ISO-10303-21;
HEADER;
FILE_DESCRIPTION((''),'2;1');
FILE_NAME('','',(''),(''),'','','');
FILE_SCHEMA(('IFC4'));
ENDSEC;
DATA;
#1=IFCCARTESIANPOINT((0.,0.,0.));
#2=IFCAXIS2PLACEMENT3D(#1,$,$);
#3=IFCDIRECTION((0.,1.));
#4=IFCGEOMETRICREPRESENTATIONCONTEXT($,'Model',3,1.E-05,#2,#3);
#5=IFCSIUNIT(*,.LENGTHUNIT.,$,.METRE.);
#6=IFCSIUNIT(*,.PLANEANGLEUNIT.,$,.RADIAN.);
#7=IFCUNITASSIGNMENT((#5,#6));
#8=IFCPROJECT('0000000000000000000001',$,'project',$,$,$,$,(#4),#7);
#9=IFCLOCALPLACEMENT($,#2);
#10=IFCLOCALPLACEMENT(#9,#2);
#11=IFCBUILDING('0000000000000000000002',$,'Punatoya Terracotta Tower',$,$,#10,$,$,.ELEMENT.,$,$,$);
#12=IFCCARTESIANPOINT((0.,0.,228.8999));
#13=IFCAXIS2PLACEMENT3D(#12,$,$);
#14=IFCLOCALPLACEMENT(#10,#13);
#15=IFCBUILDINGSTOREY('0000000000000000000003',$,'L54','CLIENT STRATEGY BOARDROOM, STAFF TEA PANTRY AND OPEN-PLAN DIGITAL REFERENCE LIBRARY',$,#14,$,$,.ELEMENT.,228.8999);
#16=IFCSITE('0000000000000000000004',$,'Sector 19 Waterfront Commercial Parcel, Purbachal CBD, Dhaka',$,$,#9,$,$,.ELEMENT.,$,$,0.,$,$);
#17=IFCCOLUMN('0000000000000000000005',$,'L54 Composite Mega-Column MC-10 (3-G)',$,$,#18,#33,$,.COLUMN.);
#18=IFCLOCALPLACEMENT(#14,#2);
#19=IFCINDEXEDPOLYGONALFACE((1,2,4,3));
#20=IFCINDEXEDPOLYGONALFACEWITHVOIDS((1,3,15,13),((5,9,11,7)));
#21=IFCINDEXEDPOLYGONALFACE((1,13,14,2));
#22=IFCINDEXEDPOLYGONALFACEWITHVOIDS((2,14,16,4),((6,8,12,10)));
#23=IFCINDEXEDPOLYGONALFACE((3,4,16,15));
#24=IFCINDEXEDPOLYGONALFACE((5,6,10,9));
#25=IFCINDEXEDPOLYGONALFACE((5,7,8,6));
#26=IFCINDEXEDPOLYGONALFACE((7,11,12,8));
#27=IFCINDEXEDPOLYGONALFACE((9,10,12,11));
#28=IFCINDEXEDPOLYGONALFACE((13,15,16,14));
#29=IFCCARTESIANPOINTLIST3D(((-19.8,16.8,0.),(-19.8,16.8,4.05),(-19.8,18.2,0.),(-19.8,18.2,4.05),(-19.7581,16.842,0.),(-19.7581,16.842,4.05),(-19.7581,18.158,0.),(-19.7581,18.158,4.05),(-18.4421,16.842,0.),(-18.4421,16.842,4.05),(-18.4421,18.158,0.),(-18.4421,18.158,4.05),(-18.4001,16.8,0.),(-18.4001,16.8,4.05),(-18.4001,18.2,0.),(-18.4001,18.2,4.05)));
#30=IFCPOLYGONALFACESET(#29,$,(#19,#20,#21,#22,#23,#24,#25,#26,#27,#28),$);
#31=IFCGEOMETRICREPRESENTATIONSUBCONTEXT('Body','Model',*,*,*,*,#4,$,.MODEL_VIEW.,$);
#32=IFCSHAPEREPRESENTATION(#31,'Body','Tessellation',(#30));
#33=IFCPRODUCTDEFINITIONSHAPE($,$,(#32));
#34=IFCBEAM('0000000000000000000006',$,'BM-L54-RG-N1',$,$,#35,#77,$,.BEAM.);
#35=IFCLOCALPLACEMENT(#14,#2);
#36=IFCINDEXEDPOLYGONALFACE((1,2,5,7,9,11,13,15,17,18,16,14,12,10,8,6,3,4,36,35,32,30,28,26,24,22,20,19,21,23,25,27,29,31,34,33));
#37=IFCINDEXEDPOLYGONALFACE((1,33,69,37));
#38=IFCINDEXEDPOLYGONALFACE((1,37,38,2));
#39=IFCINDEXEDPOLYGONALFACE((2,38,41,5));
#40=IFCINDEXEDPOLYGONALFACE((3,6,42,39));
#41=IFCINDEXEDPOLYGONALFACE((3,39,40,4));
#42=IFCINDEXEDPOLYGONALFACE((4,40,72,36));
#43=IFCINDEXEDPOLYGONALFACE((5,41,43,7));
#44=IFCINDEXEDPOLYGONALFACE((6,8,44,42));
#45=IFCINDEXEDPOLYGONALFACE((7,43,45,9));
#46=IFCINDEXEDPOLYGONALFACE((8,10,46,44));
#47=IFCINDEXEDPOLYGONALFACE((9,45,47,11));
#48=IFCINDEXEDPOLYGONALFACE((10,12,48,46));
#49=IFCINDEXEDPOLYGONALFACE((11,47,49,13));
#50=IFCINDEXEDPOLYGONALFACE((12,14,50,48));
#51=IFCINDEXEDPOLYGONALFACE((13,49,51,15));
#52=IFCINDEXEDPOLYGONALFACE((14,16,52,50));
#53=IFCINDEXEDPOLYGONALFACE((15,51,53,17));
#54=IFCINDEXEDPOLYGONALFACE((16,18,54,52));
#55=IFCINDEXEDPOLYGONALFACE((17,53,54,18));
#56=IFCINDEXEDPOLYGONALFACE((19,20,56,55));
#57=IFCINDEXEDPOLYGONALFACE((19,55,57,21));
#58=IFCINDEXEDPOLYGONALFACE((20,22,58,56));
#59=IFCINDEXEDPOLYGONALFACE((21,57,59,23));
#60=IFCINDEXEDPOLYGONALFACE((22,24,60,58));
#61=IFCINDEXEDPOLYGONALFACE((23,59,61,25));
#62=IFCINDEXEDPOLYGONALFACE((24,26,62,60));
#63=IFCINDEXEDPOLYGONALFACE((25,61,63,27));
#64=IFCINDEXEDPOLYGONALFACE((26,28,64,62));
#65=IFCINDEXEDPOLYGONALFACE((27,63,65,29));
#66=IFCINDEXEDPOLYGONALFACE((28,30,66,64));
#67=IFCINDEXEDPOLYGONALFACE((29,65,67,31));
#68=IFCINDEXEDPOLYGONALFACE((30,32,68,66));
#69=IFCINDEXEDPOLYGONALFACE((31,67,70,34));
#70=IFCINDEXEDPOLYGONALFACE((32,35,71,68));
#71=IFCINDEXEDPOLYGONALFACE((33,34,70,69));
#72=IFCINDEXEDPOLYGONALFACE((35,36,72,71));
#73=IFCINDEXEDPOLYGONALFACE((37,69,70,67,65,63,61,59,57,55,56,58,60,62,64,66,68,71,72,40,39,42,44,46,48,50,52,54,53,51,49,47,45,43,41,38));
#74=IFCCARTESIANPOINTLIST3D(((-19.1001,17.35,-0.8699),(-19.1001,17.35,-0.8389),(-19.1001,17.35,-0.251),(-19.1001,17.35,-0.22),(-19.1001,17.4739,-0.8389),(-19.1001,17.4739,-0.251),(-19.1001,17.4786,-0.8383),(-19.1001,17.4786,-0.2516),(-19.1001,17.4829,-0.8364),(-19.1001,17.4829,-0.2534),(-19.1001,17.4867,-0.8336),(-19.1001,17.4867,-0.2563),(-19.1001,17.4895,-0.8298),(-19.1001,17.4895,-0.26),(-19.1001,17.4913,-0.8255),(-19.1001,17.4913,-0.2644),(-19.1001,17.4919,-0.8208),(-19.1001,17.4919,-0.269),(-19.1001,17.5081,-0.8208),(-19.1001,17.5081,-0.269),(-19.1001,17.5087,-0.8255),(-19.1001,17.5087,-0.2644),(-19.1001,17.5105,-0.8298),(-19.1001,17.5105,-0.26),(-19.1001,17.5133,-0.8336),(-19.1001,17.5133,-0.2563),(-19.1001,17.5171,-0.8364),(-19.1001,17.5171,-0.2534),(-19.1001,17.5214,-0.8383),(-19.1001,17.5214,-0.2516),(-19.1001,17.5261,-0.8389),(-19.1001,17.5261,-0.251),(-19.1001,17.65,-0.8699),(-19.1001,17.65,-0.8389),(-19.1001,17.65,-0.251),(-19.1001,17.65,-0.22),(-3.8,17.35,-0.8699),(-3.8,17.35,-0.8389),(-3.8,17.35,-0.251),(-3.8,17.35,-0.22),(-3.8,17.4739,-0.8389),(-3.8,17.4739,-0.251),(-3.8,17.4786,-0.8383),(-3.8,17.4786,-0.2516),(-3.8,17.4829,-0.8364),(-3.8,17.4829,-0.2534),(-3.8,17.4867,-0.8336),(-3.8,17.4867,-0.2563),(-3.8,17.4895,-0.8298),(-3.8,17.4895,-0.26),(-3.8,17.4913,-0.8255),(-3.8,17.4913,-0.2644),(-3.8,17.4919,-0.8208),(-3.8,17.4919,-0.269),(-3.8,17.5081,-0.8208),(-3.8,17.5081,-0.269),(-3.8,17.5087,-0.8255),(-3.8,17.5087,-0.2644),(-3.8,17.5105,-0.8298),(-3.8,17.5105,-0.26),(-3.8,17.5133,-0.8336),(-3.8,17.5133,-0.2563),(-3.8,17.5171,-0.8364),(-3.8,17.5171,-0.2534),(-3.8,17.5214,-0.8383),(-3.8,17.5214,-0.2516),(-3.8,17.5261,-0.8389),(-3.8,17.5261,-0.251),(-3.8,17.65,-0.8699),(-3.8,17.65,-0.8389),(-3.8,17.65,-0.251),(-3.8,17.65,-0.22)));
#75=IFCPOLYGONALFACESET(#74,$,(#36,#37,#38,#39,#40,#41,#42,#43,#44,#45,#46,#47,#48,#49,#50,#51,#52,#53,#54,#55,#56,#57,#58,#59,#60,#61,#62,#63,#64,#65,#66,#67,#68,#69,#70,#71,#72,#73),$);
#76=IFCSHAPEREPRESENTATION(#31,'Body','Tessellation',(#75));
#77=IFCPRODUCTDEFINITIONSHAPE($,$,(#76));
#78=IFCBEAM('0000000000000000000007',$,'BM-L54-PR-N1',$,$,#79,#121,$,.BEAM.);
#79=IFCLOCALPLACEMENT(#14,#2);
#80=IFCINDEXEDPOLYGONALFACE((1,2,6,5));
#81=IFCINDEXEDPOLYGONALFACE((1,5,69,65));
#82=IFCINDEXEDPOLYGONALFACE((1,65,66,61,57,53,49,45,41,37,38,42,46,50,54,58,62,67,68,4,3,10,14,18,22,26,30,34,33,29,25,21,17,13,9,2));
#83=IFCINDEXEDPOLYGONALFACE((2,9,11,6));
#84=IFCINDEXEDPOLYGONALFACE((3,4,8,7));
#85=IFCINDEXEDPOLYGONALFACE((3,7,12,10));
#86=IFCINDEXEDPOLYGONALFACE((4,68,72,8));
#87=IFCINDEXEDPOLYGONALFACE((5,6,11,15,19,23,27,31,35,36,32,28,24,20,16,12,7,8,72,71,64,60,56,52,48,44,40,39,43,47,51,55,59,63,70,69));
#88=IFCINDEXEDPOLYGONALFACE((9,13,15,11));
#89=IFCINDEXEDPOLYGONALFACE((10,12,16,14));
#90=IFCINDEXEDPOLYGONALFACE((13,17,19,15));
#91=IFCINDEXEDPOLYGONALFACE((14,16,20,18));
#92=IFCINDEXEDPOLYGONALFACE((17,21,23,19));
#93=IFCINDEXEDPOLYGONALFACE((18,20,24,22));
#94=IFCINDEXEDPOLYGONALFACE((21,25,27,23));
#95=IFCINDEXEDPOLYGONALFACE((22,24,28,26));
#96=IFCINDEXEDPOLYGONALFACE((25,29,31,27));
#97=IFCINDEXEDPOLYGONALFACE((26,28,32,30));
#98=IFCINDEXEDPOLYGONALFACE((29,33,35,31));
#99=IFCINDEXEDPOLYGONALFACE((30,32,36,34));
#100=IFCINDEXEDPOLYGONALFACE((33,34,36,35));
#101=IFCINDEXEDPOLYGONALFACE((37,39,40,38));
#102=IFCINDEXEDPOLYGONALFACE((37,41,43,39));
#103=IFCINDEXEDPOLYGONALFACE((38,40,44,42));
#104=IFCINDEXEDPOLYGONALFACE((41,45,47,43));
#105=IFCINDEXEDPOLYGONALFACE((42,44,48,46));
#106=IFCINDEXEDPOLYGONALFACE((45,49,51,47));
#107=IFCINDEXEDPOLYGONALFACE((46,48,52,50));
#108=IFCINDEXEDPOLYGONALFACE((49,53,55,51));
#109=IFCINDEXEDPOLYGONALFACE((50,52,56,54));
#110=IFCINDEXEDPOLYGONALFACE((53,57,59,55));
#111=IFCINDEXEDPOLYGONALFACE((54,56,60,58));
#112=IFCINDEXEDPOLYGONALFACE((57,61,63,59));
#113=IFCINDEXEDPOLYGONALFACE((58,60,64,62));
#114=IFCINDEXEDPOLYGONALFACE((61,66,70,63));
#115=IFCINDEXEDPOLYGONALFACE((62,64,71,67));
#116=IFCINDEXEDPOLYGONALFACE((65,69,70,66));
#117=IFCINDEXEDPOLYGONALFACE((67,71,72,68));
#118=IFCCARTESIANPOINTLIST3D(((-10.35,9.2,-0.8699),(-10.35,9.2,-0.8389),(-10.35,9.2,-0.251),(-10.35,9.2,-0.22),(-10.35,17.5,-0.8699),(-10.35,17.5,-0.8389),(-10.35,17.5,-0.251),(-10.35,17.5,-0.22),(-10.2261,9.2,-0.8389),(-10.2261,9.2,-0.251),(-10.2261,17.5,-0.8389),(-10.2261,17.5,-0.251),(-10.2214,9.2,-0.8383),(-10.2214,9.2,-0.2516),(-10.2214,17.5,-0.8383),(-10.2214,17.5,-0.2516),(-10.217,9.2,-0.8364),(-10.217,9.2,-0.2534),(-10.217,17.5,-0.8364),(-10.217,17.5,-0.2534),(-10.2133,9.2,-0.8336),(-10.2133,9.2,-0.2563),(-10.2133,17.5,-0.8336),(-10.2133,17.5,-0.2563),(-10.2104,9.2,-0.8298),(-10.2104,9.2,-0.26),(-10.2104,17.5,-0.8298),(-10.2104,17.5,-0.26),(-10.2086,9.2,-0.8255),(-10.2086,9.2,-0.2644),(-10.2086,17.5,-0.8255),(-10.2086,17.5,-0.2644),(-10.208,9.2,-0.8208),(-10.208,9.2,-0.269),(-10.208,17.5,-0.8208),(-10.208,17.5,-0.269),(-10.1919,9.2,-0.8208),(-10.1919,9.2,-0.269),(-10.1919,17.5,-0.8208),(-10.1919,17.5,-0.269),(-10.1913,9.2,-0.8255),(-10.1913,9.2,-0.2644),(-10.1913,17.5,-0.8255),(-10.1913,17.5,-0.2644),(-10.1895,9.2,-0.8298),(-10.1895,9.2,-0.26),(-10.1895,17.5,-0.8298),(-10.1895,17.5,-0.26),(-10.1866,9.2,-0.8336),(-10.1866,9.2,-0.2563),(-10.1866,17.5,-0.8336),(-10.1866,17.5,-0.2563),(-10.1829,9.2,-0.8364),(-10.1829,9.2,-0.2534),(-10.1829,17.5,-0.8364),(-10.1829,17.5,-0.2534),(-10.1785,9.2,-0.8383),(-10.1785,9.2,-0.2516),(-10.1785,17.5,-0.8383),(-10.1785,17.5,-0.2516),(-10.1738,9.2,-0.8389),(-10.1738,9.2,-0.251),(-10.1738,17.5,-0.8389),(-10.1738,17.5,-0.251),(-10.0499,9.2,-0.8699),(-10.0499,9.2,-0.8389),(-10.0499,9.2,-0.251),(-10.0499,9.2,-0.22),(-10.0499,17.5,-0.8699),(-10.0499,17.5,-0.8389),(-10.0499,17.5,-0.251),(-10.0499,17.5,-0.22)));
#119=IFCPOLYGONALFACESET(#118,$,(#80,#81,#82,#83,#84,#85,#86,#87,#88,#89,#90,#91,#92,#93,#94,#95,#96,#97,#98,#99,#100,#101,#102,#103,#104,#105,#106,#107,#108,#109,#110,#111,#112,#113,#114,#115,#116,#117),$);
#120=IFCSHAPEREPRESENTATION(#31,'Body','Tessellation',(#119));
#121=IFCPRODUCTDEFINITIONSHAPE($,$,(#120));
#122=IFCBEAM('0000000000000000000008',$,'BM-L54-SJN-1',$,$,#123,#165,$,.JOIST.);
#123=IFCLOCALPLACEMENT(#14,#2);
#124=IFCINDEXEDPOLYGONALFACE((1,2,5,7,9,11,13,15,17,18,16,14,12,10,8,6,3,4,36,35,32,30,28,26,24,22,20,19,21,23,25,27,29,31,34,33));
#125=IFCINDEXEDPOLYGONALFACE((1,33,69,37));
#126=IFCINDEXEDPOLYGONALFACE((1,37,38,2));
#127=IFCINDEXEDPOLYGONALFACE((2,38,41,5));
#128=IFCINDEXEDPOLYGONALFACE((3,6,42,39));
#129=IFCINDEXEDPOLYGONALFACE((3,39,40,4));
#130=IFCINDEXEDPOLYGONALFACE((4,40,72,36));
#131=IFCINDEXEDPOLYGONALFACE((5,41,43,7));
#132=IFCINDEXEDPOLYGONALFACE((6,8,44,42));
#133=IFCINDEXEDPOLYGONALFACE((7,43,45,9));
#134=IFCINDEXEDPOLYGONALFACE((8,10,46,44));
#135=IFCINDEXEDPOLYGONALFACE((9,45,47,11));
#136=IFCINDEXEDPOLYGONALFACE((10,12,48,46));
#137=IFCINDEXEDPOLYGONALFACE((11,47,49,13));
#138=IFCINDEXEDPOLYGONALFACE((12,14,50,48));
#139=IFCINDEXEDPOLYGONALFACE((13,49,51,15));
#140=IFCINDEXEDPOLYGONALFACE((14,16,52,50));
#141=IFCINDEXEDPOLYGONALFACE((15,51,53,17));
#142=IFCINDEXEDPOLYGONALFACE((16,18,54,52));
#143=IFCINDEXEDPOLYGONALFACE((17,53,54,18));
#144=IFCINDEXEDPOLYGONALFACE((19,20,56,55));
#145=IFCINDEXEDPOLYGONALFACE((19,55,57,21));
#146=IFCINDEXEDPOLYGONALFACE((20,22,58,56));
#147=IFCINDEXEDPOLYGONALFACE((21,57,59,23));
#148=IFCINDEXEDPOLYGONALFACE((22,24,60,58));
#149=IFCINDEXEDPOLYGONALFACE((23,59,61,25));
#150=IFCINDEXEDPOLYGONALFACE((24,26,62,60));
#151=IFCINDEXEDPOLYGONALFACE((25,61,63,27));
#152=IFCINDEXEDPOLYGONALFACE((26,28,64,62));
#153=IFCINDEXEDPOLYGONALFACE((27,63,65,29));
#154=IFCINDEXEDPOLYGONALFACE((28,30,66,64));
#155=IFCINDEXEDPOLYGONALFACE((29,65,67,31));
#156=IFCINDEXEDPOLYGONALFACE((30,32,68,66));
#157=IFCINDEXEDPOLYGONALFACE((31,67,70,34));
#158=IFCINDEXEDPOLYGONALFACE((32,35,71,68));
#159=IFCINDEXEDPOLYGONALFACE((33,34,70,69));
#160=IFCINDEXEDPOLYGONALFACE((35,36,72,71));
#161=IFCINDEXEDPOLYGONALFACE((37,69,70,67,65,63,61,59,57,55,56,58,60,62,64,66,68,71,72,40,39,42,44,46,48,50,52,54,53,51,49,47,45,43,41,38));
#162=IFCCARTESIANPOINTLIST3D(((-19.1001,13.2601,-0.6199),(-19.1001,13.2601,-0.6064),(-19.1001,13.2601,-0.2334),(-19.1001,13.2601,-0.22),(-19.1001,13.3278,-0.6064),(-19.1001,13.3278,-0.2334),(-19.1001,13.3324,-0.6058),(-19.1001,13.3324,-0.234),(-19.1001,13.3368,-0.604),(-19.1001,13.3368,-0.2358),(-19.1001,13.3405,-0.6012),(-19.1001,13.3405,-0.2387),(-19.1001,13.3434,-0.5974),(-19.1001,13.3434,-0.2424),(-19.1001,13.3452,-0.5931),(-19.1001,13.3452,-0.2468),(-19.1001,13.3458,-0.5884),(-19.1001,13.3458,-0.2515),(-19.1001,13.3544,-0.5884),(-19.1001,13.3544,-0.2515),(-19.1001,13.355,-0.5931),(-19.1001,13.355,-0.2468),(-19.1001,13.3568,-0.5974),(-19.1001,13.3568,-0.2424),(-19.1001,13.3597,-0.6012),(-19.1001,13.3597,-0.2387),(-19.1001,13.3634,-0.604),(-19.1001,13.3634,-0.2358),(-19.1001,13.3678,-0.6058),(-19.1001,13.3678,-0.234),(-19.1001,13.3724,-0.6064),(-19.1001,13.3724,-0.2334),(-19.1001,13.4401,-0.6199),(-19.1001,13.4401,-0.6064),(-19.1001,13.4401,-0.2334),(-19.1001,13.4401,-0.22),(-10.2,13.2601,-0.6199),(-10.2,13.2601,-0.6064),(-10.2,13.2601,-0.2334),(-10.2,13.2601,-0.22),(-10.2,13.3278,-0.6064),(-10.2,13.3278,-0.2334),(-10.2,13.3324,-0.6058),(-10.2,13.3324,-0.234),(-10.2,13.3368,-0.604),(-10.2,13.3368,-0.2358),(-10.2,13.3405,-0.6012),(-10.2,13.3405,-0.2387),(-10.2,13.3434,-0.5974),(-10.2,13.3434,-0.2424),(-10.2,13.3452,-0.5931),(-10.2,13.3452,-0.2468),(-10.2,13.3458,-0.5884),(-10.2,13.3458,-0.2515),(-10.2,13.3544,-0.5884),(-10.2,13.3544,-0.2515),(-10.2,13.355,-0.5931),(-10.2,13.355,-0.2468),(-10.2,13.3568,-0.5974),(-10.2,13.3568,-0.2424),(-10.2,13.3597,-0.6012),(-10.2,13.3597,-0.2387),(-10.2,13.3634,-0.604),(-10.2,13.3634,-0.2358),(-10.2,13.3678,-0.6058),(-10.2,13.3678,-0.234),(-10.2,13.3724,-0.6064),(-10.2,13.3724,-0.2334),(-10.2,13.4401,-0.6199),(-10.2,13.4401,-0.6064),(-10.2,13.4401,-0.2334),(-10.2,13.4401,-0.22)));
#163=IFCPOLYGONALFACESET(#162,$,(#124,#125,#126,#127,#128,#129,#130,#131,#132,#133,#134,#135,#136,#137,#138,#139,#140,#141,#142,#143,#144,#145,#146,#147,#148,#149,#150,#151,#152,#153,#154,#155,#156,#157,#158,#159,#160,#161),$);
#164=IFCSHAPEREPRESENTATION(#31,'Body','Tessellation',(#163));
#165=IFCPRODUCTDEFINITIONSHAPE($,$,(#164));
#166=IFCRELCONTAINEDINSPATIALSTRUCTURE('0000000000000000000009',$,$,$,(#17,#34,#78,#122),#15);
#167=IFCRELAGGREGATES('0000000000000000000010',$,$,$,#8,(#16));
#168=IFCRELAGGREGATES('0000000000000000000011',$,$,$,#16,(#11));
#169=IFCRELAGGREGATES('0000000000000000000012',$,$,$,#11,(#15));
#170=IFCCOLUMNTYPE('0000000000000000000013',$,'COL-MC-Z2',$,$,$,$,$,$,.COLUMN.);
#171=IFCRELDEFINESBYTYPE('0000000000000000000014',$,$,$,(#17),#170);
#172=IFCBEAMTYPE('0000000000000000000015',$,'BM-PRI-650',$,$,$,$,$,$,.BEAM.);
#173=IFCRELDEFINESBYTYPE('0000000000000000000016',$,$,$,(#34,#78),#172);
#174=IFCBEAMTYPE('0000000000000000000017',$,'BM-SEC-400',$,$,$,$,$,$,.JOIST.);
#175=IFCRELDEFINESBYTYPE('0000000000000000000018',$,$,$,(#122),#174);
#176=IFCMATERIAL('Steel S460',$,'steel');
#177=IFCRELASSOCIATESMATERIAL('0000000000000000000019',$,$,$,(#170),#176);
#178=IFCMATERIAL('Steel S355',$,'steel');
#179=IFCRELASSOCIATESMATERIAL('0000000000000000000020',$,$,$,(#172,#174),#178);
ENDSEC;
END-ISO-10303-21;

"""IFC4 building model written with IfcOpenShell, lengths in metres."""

from ifc_helpers import new_model, si_unit, direction, frame, origin, origin_2d, place, context, subcontext, project, spatial, hollow_rectangle, i_section, extrude, material, material_profile, profile_set, type_object, element, save


model = new_model("IFC4")

# Units and contexts
model_context = context("Model", 3, precision=1e-05, world=origin(), true_north=direction((0.0, 1.0)))
body_context = subcontext(model_context, "Body", "Model", "MODEL_VIEW")
ifc_project = project(units=[si_unit("LENGTHUNIT", "METRE"), si_unit("PLANEANGLEUNIT", "RADIAN")], contexts=[model_context])

# Site, building, storey
site_placement = place(None, origin())
site = spatial("IfcSite", under=ifc_project, at=site_placement, Name="Sector 19 Waterfront Commercial Parcel, Purbachal CBD, Dhaka", CompositionType="ELEMENT", RefElevation=0.0)
building_placement = place(site_placement, origin())
building = spatial("IfcBuilding", under=site, at=building_placement, Name="Punatoya Terracotta Tower", CompositionType="ELEMENT")
storey_placement = place(building_placement, frame((0.0, 0.0, 228.8999)))
storey = spatial("IfcBuildingStorey", under=building, at=storey_placement, Name="L54", Description="CLIENT STRATEGY BOARDROOM, STAFF TEA PANTRY AND OPEN-PLAN DIGITAL REFERENCE LIBRARY", CompositionType="ELEMENT", Elevation=228.8999)

# Column
ifc_material_1 = material(Name="Steel S460", Category="steel")
ifc_material_profile_1 = material_profile(ifc_material_1, hollow_rectangle(XDim=1.3999, YDim=1.3999, WallThickness=0.042, at=origin_2d()))
ifc_profile_set_1 = profile_set([ifc_material_profile_1], Name="Steel S460")
column_type = type_object("IfcColumnType", Name="COL-MC-Z2", PredefinedType="COLUMN", material=ifc_profile_set_1)
column_placement = place(storey_placement, frame((-19.1001, 17.5, 0.0), z_axis=(0.0, 0.0, 1.0), x_axis=(1.0, 0.0, 0.0)))
element("IfcColumn", 1, at=column_placement, inside=storey, type_object=column_type, Name="L54 Composite Mega-Column MC-10 (3-G)", PredefinedType="COLUMN", context=body_context, shape_type="SweptSolid", body=[
    extrude(hollow_rectangle(XDim=1.3999, YDim=1.3999, WallThickness=0.042, at=origin_2d()), origin(), (0.0, 0.0, 1.0), 4.05),
])

# Beams
ifc_material_2 = material(Name="Steel S355", Category="steel")
ifc_material_profile_2 = material_profile(ifc_material_2, i_section(OverallWidth=0.3, OverallDepth=0.6499, WebThickness=0.0161, FlangeThickness=0.031, FilletRadius=0.0181, at=origin_2d()))
ifc_profile_set_2 = profile_set([ifc_material_profile_2], Name="Steel S355")
beam_type_1 = type_object("IfcBeamType", Name="BM-PRI-650", PredefinedType="BEAM", material=ifc_profile_set_2)
beam_1_placement = place(storey_placement, frame((-19.1001, 17.5, -0.5449), z_axis=(1.0, 0.0, 0.0), x_axis=(0.0, 1.0, 0.0)))
element("IfcBeam", 2, at=beam_1_placement, inside=storey, type_object=beam_type_1, Name="BM-L54-RG-N1", PredefinedType="BEAM", context=body_context, shape_type="SweptSolid", body=[
    extrude(i_section(OverallWidth=0.3, OverallDepth=0.6499, WebThickness=0.0161, FlangeThickness=0.031, FilletRadius=0.0181, at=origin_2d()), origin(), (0.0, 0.0, 1.0), 15.3),
])
beam_2_placement = place(storey_placement, frame((-10.2, 9.2, -0.5449), z_axis=(0.0, 1.0, 0.0), x_axis=(-1.0, 0.0, 0.0)))
element("IfcBeam", 3, at=beam_2_placement, inside=storey, type_object=beam_type_1, Name="BM-L54-PR-N1", PredefinedType="BEAM", context=body_context, shape_type="SweptSolid", body=[
    extrude(i_section(OverallWidth=0.3, OverallDepth=0.6499, WebThickness=0.0161, FlangeThickness=0.031, FilletRadius=0.0181, at=origin_2d()), origin(), (0.0, 0.0, 1.0), 8.3),
])
ifc_material_profile_3 = material_profile(ifc_material_2, i_section(OverallWidth=0.1799, OverallDepth=0.3999, WebThickness=0.0085, FlangeThickness=0.0134, FilletRadius=0.0181, at=origin_2d()))
ifc_profile_set_3 = profile_set([ifc_material_profile_3], Name="Steel S355")
beam_type_2 = type_object("IfcBeamType", Name="BM-SEC-400", PredefinedType="JOIST", material=ifc_profile_set_3)
beam_3_placement = place(storey_placement, frame((-19.1001, 13.3501, -0.4199), z_axis=(1.0, 0.0, 0.0), x_axis=(0.0, 1.0, 0.0)))
element("IfcBeam", 4, at=beam_3_placement, inside=storey, type_object=beam_type_2, Name="BM-L54-SJN-1", PredefinedType="JOIST", context=body_context, shape_type="SweptSolid", body=[
    extrude(i_section(OverallWidth=0.1799, OverallDepth=0.3999, WebThickness=0.0085, FlangeThickness=0.0134, FilletRadius=0.0181, at=origin_2d()), origin(), (0.0, 0.0, 1.0), 8.9001),
])

save(model, "model.ifc")
